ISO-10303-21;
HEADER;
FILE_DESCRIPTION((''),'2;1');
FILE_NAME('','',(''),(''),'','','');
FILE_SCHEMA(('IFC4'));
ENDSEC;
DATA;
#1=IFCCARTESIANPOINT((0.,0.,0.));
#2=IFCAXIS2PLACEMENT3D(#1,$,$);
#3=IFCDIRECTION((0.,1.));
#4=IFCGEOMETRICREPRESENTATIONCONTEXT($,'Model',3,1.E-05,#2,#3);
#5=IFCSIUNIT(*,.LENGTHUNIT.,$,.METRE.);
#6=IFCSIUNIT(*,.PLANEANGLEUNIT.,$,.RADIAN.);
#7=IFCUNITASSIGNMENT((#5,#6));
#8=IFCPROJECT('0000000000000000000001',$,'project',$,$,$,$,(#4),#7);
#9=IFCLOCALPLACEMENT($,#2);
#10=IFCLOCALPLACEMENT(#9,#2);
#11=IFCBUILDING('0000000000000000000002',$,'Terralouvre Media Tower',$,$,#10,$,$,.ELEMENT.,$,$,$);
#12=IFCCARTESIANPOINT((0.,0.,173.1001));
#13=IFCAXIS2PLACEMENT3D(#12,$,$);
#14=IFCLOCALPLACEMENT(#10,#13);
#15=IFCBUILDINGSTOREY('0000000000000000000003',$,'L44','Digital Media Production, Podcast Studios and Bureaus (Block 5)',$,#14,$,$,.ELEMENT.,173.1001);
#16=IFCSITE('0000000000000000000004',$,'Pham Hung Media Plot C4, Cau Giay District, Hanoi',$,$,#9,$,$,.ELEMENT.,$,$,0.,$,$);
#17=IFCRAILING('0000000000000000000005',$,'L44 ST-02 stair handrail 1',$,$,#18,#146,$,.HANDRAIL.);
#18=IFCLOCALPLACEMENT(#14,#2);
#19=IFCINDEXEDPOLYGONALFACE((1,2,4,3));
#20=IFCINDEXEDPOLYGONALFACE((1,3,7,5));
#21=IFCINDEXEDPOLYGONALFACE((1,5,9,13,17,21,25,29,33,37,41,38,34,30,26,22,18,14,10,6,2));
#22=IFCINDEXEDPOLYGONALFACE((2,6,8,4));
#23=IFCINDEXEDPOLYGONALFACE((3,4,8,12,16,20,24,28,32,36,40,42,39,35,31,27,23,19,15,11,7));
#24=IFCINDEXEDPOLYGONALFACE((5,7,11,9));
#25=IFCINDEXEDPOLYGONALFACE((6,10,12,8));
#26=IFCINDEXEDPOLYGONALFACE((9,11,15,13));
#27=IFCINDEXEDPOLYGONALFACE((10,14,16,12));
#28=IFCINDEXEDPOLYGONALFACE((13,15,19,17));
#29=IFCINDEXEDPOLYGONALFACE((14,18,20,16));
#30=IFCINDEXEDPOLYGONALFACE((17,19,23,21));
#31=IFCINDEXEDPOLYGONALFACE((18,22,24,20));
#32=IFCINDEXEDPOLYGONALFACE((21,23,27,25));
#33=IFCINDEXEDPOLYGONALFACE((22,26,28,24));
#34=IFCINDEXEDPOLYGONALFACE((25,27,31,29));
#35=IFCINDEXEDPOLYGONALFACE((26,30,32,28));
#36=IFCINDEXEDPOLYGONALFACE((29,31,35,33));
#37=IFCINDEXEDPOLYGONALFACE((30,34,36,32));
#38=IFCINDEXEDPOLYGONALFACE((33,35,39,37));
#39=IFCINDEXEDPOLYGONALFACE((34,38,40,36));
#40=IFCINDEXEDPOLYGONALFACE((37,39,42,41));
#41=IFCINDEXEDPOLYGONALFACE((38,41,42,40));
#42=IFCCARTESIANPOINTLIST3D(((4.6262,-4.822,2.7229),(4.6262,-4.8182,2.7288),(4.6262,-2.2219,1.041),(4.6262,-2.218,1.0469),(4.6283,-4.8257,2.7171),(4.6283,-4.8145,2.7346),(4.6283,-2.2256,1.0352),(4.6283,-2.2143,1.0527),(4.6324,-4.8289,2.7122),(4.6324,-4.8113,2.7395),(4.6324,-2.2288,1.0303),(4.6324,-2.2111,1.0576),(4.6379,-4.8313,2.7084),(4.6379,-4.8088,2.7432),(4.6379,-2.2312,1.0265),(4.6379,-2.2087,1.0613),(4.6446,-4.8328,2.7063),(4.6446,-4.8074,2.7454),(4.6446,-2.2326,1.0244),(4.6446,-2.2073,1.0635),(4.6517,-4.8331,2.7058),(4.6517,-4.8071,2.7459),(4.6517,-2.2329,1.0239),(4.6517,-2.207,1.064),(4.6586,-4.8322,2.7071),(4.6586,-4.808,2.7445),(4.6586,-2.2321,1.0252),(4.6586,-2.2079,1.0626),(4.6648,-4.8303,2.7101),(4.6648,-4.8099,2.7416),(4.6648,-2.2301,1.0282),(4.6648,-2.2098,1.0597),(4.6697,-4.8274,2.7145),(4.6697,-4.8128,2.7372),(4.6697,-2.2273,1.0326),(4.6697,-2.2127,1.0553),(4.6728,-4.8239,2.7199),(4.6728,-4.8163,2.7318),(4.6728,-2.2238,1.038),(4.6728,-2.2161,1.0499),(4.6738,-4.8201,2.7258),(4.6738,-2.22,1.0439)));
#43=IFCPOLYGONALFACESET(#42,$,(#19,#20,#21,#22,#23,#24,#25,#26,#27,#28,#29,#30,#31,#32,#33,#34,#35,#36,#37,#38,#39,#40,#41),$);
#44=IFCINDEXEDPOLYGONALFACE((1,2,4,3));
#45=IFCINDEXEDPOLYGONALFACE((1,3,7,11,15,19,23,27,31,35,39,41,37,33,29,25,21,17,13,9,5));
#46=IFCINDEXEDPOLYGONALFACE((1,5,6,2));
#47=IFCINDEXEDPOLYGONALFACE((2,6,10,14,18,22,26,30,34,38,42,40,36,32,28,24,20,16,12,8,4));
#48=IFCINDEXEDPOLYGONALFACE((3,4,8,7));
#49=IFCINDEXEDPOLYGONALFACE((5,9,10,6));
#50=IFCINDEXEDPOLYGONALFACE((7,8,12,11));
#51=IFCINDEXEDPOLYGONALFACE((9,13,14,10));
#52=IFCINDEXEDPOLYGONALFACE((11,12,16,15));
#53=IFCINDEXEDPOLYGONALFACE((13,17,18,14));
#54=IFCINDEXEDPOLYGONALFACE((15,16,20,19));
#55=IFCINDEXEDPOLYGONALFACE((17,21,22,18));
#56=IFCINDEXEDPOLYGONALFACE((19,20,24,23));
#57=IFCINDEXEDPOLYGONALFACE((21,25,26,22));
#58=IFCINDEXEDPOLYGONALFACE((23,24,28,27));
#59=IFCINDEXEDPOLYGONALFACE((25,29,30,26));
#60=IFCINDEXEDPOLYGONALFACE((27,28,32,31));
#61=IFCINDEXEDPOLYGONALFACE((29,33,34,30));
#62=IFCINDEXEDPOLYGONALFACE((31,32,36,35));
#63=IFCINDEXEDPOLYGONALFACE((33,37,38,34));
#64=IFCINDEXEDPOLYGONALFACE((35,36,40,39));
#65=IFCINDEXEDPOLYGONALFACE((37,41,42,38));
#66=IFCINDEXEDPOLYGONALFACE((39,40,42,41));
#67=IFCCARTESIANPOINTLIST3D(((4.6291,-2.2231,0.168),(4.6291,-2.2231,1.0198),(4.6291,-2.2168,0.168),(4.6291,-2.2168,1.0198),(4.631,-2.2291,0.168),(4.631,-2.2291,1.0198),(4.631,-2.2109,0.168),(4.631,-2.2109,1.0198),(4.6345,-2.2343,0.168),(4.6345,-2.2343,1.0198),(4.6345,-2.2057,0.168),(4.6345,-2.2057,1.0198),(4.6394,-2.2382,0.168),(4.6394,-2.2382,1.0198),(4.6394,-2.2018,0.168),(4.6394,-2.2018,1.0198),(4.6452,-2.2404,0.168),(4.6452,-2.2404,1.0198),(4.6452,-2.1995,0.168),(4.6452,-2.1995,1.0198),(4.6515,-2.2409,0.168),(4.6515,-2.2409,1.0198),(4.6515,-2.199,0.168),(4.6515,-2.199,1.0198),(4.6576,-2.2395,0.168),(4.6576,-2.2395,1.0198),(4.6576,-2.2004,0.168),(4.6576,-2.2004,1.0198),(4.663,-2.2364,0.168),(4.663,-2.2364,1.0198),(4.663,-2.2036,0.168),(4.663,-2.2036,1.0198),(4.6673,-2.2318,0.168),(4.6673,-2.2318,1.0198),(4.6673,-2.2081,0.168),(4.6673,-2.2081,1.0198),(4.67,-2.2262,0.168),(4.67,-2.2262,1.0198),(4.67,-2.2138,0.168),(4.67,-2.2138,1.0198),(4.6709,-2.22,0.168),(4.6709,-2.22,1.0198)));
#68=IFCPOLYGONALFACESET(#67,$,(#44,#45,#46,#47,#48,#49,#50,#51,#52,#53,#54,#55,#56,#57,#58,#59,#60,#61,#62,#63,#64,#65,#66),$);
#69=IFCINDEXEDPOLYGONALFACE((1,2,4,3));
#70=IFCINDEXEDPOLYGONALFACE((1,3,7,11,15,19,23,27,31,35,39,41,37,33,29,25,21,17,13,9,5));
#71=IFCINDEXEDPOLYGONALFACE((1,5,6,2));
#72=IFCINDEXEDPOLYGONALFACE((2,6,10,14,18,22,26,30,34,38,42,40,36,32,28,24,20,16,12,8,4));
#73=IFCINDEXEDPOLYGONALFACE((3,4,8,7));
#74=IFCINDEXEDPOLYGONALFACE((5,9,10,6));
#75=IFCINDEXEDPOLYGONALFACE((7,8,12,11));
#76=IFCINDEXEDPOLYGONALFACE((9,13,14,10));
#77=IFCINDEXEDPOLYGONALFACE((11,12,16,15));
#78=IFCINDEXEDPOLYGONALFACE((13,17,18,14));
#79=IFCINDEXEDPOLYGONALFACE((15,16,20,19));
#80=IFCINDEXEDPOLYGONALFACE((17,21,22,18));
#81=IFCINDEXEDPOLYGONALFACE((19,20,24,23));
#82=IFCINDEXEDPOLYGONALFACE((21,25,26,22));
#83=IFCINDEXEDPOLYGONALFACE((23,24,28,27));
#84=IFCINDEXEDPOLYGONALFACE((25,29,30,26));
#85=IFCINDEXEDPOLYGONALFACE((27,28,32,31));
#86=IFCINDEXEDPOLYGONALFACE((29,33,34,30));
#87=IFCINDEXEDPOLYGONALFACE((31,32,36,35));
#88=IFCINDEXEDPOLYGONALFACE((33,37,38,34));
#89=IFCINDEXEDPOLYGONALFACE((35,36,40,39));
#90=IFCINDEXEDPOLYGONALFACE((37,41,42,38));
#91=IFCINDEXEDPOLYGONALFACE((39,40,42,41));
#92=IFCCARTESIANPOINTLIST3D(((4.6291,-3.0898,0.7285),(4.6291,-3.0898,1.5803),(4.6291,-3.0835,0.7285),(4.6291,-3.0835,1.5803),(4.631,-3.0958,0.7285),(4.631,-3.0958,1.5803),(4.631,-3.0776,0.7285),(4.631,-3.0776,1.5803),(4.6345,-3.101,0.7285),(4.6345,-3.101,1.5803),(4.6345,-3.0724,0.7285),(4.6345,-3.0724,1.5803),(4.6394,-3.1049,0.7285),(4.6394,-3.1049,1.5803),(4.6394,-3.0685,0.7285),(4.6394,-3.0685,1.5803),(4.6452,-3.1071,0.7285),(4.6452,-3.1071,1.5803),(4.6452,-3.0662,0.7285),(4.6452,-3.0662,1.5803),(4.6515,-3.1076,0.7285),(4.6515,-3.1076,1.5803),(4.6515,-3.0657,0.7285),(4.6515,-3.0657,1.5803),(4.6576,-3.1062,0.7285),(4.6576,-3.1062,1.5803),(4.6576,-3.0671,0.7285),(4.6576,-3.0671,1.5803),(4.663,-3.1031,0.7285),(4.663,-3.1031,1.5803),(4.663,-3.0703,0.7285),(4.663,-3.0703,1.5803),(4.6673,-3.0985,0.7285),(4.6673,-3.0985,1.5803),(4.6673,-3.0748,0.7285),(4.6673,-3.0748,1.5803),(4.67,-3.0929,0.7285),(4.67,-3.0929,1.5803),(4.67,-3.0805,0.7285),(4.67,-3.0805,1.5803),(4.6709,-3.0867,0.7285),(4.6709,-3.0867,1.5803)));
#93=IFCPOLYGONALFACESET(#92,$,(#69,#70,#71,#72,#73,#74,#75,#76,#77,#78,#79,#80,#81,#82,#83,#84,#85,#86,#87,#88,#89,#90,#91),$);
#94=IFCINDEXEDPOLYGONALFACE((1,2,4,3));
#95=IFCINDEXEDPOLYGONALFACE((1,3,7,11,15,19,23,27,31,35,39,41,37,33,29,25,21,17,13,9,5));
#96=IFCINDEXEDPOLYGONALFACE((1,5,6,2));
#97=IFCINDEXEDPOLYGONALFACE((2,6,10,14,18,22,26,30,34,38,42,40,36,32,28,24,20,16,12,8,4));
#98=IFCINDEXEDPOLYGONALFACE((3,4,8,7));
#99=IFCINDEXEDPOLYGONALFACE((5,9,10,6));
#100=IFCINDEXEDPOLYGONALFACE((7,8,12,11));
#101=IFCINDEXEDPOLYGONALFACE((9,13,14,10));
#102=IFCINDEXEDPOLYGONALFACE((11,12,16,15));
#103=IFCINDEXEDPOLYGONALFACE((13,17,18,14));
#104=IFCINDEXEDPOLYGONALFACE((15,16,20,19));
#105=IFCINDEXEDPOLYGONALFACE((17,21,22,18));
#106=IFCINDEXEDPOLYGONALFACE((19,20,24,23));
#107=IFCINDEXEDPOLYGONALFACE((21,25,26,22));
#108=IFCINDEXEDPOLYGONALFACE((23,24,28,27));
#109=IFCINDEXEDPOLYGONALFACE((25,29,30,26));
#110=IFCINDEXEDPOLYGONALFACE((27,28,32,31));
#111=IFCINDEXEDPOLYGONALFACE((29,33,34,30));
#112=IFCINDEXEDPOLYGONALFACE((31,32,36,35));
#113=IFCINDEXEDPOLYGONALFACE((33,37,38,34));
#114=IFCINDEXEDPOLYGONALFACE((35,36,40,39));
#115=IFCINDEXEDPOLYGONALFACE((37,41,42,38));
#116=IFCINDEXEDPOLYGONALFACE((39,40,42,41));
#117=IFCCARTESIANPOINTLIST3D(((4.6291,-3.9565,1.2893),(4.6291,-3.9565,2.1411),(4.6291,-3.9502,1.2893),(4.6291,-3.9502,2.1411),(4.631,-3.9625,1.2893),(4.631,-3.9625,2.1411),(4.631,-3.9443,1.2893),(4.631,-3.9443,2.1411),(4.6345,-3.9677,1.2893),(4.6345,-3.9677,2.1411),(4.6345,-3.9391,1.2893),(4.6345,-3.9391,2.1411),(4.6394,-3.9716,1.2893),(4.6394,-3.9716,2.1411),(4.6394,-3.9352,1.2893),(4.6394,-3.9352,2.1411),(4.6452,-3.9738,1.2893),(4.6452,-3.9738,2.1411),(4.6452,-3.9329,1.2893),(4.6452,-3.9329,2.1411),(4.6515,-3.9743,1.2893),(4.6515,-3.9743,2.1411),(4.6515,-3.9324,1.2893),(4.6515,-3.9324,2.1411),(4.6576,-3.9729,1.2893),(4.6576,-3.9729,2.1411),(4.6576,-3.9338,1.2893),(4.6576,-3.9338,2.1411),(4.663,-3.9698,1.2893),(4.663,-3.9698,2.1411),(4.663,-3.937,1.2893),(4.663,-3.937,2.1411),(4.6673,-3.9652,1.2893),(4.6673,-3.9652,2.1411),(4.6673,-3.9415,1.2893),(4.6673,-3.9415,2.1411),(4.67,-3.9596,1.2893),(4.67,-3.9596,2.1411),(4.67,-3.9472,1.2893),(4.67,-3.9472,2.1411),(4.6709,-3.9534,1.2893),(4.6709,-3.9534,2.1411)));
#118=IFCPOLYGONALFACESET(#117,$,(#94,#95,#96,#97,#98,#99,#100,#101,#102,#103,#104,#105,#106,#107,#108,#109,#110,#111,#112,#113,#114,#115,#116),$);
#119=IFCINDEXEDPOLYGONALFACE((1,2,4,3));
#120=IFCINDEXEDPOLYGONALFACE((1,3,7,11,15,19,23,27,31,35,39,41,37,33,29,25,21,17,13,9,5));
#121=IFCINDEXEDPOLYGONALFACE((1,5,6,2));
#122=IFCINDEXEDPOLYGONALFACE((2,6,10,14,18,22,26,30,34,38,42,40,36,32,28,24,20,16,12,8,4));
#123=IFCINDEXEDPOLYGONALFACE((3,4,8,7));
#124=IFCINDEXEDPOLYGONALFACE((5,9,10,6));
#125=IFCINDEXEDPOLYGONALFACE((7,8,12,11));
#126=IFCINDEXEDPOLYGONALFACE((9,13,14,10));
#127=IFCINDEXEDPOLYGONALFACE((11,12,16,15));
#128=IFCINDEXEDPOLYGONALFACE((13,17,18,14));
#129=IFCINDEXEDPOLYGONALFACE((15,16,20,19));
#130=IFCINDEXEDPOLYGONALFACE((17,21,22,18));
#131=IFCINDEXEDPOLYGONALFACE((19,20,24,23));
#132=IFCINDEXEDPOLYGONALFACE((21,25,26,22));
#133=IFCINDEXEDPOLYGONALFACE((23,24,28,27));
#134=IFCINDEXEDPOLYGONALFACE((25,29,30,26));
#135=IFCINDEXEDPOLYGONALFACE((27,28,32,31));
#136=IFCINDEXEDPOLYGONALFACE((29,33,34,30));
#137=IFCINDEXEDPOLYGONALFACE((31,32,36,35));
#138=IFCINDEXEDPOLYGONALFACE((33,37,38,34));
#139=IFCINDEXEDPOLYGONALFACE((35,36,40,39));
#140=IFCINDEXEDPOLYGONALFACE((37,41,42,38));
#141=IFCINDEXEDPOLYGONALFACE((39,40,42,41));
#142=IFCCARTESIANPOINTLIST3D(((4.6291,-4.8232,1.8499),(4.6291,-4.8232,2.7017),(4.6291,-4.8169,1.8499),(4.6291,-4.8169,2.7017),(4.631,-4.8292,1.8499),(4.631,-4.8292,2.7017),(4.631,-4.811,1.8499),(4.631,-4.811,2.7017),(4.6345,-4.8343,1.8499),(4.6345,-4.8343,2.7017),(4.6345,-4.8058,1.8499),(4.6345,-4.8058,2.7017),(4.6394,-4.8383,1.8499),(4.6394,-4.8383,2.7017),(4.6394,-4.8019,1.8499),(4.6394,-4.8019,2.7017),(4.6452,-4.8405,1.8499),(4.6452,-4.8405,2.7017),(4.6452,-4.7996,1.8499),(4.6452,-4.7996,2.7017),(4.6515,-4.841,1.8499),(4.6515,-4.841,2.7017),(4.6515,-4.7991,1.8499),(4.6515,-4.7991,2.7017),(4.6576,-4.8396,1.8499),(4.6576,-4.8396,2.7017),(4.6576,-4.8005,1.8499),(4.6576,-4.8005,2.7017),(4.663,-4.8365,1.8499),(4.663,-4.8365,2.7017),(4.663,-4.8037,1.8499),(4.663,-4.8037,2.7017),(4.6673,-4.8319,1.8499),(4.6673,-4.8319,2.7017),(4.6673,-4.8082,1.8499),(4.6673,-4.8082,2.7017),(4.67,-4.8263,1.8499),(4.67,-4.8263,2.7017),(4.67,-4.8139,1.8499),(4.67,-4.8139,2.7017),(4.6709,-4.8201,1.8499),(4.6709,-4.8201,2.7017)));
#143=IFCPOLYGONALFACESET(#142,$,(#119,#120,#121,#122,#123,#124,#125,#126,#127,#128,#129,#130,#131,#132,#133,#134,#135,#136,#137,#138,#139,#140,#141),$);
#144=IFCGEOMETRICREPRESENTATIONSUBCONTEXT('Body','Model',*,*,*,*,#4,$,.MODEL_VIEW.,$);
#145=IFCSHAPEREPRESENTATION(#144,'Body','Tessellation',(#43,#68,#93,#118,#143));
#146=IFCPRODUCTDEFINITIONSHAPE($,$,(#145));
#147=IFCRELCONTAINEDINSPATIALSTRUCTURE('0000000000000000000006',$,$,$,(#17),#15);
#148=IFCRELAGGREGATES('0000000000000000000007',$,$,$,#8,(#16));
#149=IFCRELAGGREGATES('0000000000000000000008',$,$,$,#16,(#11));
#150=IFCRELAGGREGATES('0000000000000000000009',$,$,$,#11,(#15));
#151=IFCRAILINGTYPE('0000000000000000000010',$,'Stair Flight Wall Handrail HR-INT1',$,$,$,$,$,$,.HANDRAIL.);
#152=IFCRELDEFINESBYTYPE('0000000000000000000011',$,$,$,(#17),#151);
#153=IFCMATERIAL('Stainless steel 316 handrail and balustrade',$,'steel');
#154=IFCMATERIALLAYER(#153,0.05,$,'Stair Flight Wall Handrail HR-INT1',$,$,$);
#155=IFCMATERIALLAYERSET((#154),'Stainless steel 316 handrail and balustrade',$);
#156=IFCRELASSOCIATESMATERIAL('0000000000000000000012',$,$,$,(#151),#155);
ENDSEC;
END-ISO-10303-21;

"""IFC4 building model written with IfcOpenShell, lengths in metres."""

from ifc_helpers import new_model, si_unit, direction, frame, origin, origin_2d, place, context, subcontext, project, spatial, circle, extrude, material, layer, layer_set, type_object, element, save


model = new_model("IFC4")

# Units and contexts
model_context = context("Model", 3, precision=1e-05, world=origin(), true_north=direction((0.0, 1.0)))
body_context = subcontext(model_context, "Body", "Model", "MODEL_VIEW")
ifc_project = project(units=[si_unit("LENGTHUNIT", "METRE"), si_unit("PLANEANGLEUNIT", "RADIAN")], contexts=[model_context])

# Site, building, storey
site_placement = place(None, origin())
site = spatial("IfcSite", under=ifc_project, at=site_placement, Name="Pham Hung Media Plot C4, Cau Giay District, Hanoi", CompositionType="ELEMENT", RefElevation=0.0)
building_placement = place(site_placement, origin())
building = spatial("IfcBuilding", under=site, at=building_placement, Name="Terralouvre Media Tower", CompositionType="ELEMENT")
storey_placement = place(building_placement, frame((0.0, 0.0, 173.1001)))
storey = spatial("IfcBuildingStorey", under=building, at=storey_placement, Name="L44", Description="Digital Media Production, Podcast Studios and Bureaus (Block 5)", CompositionType="ELEMENT", Elevation=173.1001)

# Railing
ifc_material_1 = material(Name="Stainless steel 316 handrail and balustrade", Category="steel")
ifc_layer_1 = layer(ifc_material_1, 0.05, Name="Stair Flight Wall Handrail HR-INT1")
ifc_layer_set_1 = layer_set([ifc_layer_1], Name="Stainless steel 316 handrail and balustrade")
railing_type_1 = type_object("IfcRailingType", Name="Stair Flight Wall Handrail HR-INT1", PredefinedType="HANDRAIL", material=ifc_layer_set_1)
railing_1_placement = place(storey_placement, frame((4.6499, -2.22, 0.168)))
element("IfcRailing", 1, at=railing_1_placement, inside=storey, type_object=railing_type_1, Name="L44 ST-02 stair handrail 1", PredefinedType="HANDRAIL", context=body_context, shape_type="SweptSolid", body=[
    extrude(circle(Radius=0.0239, at=origin_2d()), frame((0.0, 0.0, 0.876), z_axis=(0.0, -0.839648, 0.54313), x_axis=(1.0, 0.0, 0.0)), (0.0, 0.0, 1.0), 3.0967),
    extrude(circle(Radius=0.021, at=origin_2d()), origin(), (0.0, 0.0, 1.0), 0.8518),
    extrude(circle(Radius=0.021, at=origin_2d()), frame((0.0, -0.8667, 0.5605)), (0.0, 0.0, 1.0), 0.8518),
    extrude(circle(Radius=0.021, at=origin_2d()), frame((0.0, -1.7334, 1.1213)), (0.0, 0.0, 1.0), 0.8518),
    extrude(circle(Radius=0.021, at=origin_2d()), frame((0.0, -2.6001, 1.6819)), (0.0, 0.0, 1.0), 0.8518),
])

save(model, "model.ifc")
